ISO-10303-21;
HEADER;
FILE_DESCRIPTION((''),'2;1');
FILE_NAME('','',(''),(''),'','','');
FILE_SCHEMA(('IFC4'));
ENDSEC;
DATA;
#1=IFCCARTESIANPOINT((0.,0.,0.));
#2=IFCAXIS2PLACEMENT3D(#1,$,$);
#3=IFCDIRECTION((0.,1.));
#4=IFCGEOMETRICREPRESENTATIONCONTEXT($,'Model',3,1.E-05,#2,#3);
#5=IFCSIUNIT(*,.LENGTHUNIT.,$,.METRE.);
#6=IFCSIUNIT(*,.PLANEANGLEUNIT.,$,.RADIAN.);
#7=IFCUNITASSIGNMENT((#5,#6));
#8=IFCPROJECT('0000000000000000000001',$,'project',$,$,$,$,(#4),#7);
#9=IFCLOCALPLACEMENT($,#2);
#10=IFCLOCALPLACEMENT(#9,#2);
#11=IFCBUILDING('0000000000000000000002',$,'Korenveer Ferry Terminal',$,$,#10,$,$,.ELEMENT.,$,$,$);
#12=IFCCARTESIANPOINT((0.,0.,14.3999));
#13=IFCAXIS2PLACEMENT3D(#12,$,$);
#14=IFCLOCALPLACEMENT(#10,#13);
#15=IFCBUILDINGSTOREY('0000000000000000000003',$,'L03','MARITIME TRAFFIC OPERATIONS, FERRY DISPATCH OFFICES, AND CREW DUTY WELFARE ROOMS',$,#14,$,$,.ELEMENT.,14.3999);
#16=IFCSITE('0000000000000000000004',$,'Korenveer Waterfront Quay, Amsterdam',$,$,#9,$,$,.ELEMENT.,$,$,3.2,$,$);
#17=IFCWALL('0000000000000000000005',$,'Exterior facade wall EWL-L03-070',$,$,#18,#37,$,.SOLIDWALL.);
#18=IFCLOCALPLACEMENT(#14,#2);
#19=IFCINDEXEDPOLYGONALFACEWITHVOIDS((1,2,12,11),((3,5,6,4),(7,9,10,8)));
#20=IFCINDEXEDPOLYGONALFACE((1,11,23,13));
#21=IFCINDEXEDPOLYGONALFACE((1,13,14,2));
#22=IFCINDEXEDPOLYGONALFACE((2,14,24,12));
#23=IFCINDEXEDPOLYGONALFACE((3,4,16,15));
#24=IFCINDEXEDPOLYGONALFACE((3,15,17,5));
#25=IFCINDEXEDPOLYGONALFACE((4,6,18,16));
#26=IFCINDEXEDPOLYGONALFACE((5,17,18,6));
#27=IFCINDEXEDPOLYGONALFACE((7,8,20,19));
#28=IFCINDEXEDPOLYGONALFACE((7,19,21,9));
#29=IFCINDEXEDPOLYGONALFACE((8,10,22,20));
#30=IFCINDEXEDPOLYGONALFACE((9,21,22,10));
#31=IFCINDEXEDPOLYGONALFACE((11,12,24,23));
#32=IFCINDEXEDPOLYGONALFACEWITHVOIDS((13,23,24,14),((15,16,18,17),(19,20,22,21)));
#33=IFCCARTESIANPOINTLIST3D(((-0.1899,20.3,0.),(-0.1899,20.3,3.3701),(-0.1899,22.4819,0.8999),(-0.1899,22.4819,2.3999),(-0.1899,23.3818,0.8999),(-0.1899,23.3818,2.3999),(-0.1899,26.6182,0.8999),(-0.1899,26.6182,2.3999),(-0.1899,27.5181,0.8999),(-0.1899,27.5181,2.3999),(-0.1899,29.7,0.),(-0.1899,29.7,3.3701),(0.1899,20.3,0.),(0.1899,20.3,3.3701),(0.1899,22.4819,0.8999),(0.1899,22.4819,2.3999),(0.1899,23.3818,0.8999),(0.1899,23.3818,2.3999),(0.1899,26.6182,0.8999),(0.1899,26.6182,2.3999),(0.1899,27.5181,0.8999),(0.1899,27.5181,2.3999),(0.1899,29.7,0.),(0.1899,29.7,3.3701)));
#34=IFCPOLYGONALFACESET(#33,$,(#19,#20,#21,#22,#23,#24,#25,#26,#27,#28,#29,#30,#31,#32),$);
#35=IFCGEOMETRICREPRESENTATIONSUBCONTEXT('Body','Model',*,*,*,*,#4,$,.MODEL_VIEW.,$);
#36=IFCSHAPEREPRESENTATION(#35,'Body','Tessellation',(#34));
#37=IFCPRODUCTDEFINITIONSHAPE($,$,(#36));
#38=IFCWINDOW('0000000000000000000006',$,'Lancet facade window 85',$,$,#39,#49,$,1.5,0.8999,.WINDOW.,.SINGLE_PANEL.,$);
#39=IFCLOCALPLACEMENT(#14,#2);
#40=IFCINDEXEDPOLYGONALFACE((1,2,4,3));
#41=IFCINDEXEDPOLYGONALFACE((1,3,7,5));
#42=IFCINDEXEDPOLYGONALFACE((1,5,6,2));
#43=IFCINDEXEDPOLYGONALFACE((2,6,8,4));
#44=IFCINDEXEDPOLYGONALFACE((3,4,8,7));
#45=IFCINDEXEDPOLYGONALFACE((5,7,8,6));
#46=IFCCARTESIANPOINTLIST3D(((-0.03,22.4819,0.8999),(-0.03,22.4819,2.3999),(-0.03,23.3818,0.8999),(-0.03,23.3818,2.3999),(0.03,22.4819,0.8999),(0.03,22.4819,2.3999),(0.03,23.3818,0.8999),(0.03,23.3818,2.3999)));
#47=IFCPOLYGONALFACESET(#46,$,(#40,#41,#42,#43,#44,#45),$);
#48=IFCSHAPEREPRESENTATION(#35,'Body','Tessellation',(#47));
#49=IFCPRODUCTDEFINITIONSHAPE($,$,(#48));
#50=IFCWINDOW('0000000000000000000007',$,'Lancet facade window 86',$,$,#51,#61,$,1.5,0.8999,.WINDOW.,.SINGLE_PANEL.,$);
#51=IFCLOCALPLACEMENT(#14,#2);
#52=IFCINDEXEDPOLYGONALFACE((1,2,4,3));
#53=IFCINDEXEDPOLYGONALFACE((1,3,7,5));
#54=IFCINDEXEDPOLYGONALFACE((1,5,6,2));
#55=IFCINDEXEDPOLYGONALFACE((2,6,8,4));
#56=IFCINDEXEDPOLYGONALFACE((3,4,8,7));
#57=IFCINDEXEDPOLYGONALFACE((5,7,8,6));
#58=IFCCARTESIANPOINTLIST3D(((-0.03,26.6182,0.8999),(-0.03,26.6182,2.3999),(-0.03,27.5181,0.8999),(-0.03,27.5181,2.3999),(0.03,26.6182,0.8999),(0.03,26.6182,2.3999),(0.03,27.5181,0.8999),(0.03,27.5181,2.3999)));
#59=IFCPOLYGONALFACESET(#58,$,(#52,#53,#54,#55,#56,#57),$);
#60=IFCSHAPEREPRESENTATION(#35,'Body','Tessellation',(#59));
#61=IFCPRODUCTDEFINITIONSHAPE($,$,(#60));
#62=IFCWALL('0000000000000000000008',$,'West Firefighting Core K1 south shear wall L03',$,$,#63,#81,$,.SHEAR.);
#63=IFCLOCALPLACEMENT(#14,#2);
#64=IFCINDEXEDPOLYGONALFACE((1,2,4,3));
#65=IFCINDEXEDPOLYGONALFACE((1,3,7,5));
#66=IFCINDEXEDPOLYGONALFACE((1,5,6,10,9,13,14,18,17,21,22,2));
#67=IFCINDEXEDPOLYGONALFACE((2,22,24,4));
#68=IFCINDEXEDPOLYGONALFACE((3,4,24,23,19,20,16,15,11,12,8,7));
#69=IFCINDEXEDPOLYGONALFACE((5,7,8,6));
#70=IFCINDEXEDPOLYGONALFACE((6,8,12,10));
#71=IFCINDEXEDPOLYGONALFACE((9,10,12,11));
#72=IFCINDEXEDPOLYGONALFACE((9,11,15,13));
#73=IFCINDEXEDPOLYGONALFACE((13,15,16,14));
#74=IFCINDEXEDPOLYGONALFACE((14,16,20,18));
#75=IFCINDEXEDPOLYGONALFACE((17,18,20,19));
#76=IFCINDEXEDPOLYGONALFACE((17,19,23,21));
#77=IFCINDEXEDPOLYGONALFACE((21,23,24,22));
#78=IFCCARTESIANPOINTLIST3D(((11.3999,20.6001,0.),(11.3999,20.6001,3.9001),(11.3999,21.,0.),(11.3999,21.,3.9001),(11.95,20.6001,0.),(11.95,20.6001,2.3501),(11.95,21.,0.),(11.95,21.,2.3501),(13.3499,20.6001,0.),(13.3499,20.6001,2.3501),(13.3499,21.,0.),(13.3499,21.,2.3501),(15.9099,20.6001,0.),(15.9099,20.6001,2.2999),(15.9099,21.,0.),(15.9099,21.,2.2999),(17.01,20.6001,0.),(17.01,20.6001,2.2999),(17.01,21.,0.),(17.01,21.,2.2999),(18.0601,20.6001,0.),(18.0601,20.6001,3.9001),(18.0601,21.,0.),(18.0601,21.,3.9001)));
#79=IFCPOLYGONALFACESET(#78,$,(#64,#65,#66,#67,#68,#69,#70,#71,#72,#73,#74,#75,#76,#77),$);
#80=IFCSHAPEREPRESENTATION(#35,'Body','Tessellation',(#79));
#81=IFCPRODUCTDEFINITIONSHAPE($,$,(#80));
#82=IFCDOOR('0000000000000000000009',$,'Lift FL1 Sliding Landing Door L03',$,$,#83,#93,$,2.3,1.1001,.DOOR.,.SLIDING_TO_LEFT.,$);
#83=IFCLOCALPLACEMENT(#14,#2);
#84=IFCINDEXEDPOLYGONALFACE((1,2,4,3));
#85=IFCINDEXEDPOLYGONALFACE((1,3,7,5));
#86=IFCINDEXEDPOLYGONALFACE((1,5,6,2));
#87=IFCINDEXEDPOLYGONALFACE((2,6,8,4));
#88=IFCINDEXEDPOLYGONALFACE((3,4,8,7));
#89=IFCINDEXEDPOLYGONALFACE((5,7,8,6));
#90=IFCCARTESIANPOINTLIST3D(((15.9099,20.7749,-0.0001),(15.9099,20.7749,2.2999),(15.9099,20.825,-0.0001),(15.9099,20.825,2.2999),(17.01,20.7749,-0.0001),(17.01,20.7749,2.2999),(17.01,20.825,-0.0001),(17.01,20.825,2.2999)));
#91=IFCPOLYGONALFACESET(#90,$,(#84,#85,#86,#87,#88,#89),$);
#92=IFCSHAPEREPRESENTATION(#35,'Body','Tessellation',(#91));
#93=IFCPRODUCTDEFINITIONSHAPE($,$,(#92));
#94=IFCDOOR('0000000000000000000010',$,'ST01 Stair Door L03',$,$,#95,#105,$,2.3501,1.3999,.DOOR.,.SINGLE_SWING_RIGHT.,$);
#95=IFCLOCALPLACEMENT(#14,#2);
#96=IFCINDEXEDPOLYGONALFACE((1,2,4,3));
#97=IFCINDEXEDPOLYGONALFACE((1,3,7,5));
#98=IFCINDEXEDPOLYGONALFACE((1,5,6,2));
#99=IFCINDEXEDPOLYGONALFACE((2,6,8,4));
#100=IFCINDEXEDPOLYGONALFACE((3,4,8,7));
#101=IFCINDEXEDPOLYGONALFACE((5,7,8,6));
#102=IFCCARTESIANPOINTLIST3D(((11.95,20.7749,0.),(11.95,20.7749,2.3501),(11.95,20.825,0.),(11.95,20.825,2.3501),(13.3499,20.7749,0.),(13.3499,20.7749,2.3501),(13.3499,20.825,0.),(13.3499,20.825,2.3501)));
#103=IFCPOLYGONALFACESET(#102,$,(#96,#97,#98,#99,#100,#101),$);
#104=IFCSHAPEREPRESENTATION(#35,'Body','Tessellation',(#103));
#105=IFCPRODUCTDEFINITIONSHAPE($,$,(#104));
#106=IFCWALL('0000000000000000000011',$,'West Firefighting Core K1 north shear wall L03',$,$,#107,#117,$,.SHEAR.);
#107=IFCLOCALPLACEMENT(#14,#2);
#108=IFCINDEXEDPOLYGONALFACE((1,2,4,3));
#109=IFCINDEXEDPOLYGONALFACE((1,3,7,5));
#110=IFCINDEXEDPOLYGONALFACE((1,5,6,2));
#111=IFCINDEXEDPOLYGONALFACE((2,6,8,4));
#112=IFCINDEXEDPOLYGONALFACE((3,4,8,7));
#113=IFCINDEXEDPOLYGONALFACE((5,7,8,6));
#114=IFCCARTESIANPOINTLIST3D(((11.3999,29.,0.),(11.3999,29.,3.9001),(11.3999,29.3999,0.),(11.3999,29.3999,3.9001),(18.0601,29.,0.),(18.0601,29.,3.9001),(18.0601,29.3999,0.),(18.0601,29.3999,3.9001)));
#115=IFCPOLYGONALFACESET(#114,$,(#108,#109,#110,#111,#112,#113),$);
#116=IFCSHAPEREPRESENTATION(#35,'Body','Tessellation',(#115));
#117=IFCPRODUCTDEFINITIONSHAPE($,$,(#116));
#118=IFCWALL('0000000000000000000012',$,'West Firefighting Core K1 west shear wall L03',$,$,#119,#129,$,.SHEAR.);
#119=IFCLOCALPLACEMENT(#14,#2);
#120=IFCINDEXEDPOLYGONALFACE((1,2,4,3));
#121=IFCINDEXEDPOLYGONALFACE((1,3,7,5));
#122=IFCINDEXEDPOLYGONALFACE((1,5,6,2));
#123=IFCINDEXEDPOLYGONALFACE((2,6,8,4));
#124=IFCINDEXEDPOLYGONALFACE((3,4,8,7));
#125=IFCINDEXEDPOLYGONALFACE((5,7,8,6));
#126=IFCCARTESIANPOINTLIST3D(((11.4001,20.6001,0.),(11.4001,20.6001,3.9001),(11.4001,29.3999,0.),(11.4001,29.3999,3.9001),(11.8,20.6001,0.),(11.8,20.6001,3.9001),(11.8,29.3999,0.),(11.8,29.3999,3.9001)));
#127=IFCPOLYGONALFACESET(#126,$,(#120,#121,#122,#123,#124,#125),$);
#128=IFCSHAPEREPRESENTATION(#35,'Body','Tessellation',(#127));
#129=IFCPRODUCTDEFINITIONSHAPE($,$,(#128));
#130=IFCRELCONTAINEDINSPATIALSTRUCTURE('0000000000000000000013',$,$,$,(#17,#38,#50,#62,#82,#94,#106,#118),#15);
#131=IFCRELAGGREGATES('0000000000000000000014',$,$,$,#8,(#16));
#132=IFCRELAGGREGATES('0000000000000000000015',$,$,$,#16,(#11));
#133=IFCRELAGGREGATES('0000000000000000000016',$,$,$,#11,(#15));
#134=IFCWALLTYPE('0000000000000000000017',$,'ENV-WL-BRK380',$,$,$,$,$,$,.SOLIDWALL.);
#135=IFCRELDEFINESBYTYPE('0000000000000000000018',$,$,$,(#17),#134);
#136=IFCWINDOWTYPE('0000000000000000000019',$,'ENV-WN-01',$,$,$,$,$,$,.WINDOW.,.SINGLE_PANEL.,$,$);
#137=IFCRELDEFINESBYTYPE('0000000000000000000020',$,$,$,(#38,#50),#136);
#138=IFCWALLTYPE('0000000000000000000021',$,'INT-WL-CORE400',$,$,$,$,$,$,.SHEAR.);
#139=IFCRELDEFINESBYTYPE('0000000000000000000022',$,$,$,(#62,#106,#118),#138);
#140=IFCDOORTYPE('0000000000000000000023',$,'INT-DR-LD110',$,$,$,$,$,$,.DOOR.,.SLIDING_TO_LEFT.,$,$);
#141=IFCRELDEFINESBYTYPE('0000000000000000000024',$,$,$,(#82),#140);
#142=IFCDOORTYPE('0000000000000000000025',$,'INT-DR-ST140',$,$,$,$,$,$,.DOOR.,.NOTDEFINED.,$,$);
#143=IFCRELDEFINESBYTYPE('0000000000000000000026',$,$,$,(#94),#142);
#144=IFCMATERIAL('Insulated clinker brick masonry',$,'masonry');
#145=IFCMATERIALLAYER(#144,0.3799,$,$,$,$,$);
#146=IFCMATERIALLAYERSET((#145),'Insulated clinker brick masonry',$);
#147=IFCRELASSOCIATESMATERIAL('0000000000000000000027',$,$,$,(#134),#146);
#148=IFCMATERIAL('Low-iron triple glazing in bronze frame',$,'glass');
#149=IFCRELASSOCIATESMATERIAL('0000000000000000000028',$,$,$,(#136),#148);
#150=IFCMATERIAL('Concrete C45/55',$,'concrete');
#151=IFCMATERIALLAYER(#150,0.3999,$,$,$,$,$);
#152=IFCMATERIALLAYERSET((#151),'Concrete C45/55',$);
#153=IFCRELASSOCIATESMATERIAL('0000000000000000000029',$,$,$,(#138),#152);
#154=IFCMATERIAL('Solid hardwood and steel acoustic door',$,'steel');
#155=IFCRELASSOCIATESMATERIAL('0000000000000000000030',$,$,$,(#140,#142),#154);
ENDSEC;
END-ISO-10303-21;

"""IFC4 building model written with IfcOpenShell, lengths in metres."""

from ifc_helpers import new_model, si_unit, direction, frame, frame_2d, origin, place, context, subcontext, project, spatial, rectangle, extrude, material, layer, layer_set, type_object, element, fill, save


model = new_model("IFC4")

# Units and contexts
model_context = context("Model", 3, precision=1e-05, world=origin(), true_north=direction((0.0, 1.0)))
body_context = subcontext(model_context, "Body", "Model", "MODEL_VIEW")
ifc_project = project(units=[si_unit("LENGTHUNIT", "METRE"), si_unit("PLANEANGLEUNIT", "RADIAN")], contexts=[model_context])

# Site, building, storey
site_placement = place(None, origin())
site = spatial("IfcSite", under=ifc_project, at=site_placement, Name="Korenveer Waterfront Quay, Amsterdam", CompositionType="ELEMENT", RefElevation=3.2)
building_placement = place(site_placement, origin())
building = spatial("IfcBuilding", under=site, at=building_placement, Name="Korenveer Ferry Terminal", CompositionType="ELEMENT")
storey_placement = place(building_placement, frame((0.0, 0.0, 14.3999)))
storey = spatial("IfcBuildingStorey", under=building, at=storey_placement, Name="L03", Description="MARITIME TRAFFIC OPERATIONS, FERRY DISPATCH OFFICES, AND CREW DUTY WELFARE ROOMS", CompositionType="ELEMENT", Elevation=14.3999)

# Shared definitions
ifc_material_1 = material(Name="Concrete C45/55", Category="concrete")

# Wall, openings, windows
ifc_material_2 = material(Name="Insulated clinker brick masonry", Category="masonry")
ifc_layer_1 = layer(ifc_material_2, 0.3799)
ifc_layer_set_1 = layer_set([ifc_layer_1], Name="Insulated clinker brick masonry")
wall_type_1 = type_object("IfcWallType", Name="ENV-WL-BRK380", PredefinedType="SOLIDWALL", material=ifc_layer_set_1)
wall_1_placement = place(storey_placement, frame((0.0, 20.3, 0.0), z_axis=(0.0, 0.0, 1.0), x_axis=(0.0, 1.0, 0.0)))
wall_1 = element("IfcWall", 1, at=wall_1_placement, inside=storey, type_object=wall_type_1, Name="Exterior facade wall EWL-L03-070", PredefinedType="SOLIDWALL", context=body_context, shape_type="SweptSolid", body=[
    extrude(rectangle(XDim=9.3999, YDim=0.3799, at=frame_2d((4.7, 0.0))), origin(), (0.0, 0.0, 1.0), 3.3701),
])
opening_1_placement = place(wall_1_placement, frame((2.1819, 0.0, 0.8999)))
opening_1 = element("IfcOpeningElement", 2, at=opening_1_placement, cuts=wall_1, PredefinedType="OPENING", context=body_context, shape_type="SweptSolid", body=[
    extrude(rectangle(XDim=0.8999, YDim=1.5, at=frame_2d((0.45, 0.75))), frame((0.0, 0.2, 0.0), z_axis=(0.0, -1.0, 0.0), x_axis=(1.0, 0.0, 0.0)), (0.0, 0.0, 1.0), 0.3999),
])
opening_2_placement = place(wall_1_placement, frame((6.3181, 0.0, 0.8999)))
opening_2 = element("IfcOpeningElement", 3, at=opening_2_placement, cuts=wall_1, PredefinedType="OPENING", context=body_context, shape_type="SweptSolid", body=[
    extrude(rectangle(XDim=0.8999, YDim=1.5, at=frame_2d((0.45, 0.75))), frame((0.0, 0.2, 0.0), z_axis=(0.0, -1.0, 0.0), x_axis=(1.0, 0.0, 0.0)), (0.0, 0.0, 1.0), 0.3999),
])
ifc_material_3 = material(Name="Low-iron triple glazing in bronze frame", Category="glass")
window_type = type_object("IfcWindowType", Name="ENV-WN-01", PartitioningType="SINGLE_PANEL", PredefinedType="WINDOW", material=ifc_material_3)
window_1_placement = place(opening_1_placement, origin())
window_1 = element("IfcWindow", 4, at=window_1_placement, inside=storey, type_object=window_type, Name="Lancet facade window 85", OverallHeight=1.5, OverallWidth=0.8999, PartitioningType="SINGLE_PANEL", PredefinedType="WINDOW", context=body_context, shape_type="SweptSolid", body=[
    extrude(rectangle(XDim=0.8999, YDim=1.5, at=frame_2d((0.45, 0.75))), frame((0.0, 0.03, 0.0), z_axis=(0.0, -1.0, 0.0), x_axis=(1.0, 0.0, 0.0)), (0.0, 0.0, 1.0), 0.0601),
])
fill(opening_1, window_1)
window_2_placement = place(opening_2_placement, origin())
window_2 = element("IfcWindow", 5, at=window_2_placement, inside=storey, type_object=window_type, Name="Lancet facade window 86", OverallHeight=1.5, OverallWidth=0.8999, PartitioningType="SINGLE_PANEL", PredefinedType="WINDOW", context=body_context, shape_type="SweptSolid", body=[
    extrude(rectangle(XDim=0.8999, YDim=1.5, at=frame_2d((0.45, 0.75))), frame((0.0, 0.03, 0.0), z_axis=(0.0, -1.0, 0.0), x_axis=(1.0, 0.0, 0.0)), (0.0, 0.0, 1.0), 0.0601),
])
fill(opening_2, window_2)

# Wall, openings, doors
ifc_layer_2 = layer(ifc_material_1, 0.3999)
ifc_layer_set_2 = layer_set([ifc_layer_2], Name="Concrete C45/55")
wall_type_2 = type_object("IfcWallType", Name="INT-WL-CORE400", PredefinedType="SHEAR", material=ifc_layer_set_2)
wall_2_placement = place(storey_placement, frame((11.3999, 20.8, 0.0), z_axis=(0.0, 0.0, 1.0), x_axis=(1.0, 0.0, 0.0)))
wall_2 = element("IfcWall", 6, at=wall_2_placement, inside=storey, type_object=wall_type_2, Name="West Firefighting Core K1 south shear wall L03", PredefinedType="SHEAR", context=body_context, shape_type="SweptSolid", body=[
    extrude(rectangle(XDim=6.6602, YDim=0.3999, at=frame_2d((3.3301, 0.0))), origin(), (0.0, 0.0, 1.0), 3.9001),
])
opening_3_placement = place(wall_2_placement, frame((0.55, 0.0, 0.0)))
opening_3 = element("IfcOpeningElement", 7, at=opening_3_placement, cuts=wall_2, PredefinedType="OPENING", context=body_context, shape_type="SweptSolid", body=[
    extrude(rectangle(XDim=1.3999, YDim=2.3501, at=frame_2d((0.7, 1.175))), frame((0.0, 0.21, 0.0), z_axis=(0.0, -1.0, 0.0), x_axis=(1.0, 0.0, 0.0)), (0.0, 0.0, 1.0), 0.4199),
])
opening_4_placement = place(wall_2_placement, frame((4.51, 0.0, 0.0)))
opening_4 = element("IfcOpeningElement", 8, at=opening_4_placement, cuts=wall_2, PredefinedType="OPENING", context=body_context, shape_type="SweptSolid", body=[
    extrude(rectangle(XDim=1.1001, YDim=2.3, at=frame_2d((0.55, 1.1499))), frame((0.0, 0.21, 0.0), z_axis=(0.0, -1.0, 0.0), x_axis=(1.0, 0.0, 0.0)), (0.0, 0.0, 1.0), 0.4199),
])
ifc_material_4 = material(Name="Solid hardwood and steel acoustic door", Category="steel")
door_type_1 = type_object("IfcDoorType", Name="INT-DR-LD110", OperationType="SLIDING_TO_LEFT", PredefinedType="DOOR", material=ifc_material_4)
door_1_placement = place(opening_4_placement, origin())
door_1 = element("IfcDoor", 9, at=door_1_placement, inside=storey, type_object=door_type_1, Name="Lift FL1 Sliding Landing Door L03", OperationType="SLIDING_TO_LEFT", OverallHeight=2.3, OverallWidth=1.1001, PredefinedType="DOOR", context=body_context, shape_type="SweptSolid", body=[
    extrude(rectangle(XDim=1.1001, YDim=2.3, at=frame_2d((0.55, 1.1499))), frame((0.0, 0.0249, 0.0), z_axis=(0.0, -1.0, 0.0), x_axis=(1.0, 0.0, 0.0)), (0.0, 0.0, 1.0), 0.05),
])
fill(opening_4, door_1)
door_type_2 = type_object("IfcDoorType", Name="INT-DR-ST140", OperationType="NOTDEFINED", PredefinedType="DOOR", material=ifc_material_4)
door_2_placement = place(opening_3_placement, origin())
door_2 = element("IfcDoor", 10, at=door_2_placement, inside=storey, type_object=door_type_2, Name="ST01 Stair Door L03", OperationType="SINGLE_SWING_RIGHT", OverallHeight=2.3501, OverallWidth=1.3999, PredefinedType="DOOR", context=body_context, shape_type="SweptSolid", body=[
    extrude(rectangle(XDim=1.3999, YDim=2.3501, at=frame_2d((0.7, 1.175))), frame((0.0, 0.0249, 0.0), z_axis=(0.0, -1.0, 0.0), x_axis=(1.0, 0.0, 0.0)), (0.0, 0.0, 1.0), 0.05),
])
fill(opening_3, door_2)

# Walls
wall_3_placement = place(storey_placement, frame((11.3999, 29.2, 0.0), z_axis=(0.0, 0.0, 1.0), x_axis=(1.0, 0.0, 0.0)))
element("IfcWall", 11, at=wall_3_placement, inside=storey, type_object=wall_type_2, Name="West Firefighting Core K1 north shear wall L03", PredefinedType="SHEAR", context=body_context, shape_type="SweptSolid", body=[
    extrude(rectangle(XDim=6.6602, YDim=0.3999, at=frame_2d((3.3301, 0.0))), origin(), (0.0, 0.0, 1.0), 3.9001),
])
wall_4_placement = place(storey_placement, frame((11.6001, 20.6001, 0.0), z_axis=(0.0, 0.0, 1.0), x_axis=(0.0, 1.0, 0.0)))
element("IfcWall", 12, at=wall_4_placement, inside=storey, type_object=wall_type_2, Name="West Firefighting Core K1 west shear wall L03", PredefinedType="SHEAR", context=body_context, shape_type="SweptSolid", body=[
    extrude(rectangle(XDim=8.7998, YDim=0.3999, at=frame_2d((4.3999, 0.0))), origin(), (0.0, 0.0, 1.0), 3.9001),
])

save(model, "model.ifc")
